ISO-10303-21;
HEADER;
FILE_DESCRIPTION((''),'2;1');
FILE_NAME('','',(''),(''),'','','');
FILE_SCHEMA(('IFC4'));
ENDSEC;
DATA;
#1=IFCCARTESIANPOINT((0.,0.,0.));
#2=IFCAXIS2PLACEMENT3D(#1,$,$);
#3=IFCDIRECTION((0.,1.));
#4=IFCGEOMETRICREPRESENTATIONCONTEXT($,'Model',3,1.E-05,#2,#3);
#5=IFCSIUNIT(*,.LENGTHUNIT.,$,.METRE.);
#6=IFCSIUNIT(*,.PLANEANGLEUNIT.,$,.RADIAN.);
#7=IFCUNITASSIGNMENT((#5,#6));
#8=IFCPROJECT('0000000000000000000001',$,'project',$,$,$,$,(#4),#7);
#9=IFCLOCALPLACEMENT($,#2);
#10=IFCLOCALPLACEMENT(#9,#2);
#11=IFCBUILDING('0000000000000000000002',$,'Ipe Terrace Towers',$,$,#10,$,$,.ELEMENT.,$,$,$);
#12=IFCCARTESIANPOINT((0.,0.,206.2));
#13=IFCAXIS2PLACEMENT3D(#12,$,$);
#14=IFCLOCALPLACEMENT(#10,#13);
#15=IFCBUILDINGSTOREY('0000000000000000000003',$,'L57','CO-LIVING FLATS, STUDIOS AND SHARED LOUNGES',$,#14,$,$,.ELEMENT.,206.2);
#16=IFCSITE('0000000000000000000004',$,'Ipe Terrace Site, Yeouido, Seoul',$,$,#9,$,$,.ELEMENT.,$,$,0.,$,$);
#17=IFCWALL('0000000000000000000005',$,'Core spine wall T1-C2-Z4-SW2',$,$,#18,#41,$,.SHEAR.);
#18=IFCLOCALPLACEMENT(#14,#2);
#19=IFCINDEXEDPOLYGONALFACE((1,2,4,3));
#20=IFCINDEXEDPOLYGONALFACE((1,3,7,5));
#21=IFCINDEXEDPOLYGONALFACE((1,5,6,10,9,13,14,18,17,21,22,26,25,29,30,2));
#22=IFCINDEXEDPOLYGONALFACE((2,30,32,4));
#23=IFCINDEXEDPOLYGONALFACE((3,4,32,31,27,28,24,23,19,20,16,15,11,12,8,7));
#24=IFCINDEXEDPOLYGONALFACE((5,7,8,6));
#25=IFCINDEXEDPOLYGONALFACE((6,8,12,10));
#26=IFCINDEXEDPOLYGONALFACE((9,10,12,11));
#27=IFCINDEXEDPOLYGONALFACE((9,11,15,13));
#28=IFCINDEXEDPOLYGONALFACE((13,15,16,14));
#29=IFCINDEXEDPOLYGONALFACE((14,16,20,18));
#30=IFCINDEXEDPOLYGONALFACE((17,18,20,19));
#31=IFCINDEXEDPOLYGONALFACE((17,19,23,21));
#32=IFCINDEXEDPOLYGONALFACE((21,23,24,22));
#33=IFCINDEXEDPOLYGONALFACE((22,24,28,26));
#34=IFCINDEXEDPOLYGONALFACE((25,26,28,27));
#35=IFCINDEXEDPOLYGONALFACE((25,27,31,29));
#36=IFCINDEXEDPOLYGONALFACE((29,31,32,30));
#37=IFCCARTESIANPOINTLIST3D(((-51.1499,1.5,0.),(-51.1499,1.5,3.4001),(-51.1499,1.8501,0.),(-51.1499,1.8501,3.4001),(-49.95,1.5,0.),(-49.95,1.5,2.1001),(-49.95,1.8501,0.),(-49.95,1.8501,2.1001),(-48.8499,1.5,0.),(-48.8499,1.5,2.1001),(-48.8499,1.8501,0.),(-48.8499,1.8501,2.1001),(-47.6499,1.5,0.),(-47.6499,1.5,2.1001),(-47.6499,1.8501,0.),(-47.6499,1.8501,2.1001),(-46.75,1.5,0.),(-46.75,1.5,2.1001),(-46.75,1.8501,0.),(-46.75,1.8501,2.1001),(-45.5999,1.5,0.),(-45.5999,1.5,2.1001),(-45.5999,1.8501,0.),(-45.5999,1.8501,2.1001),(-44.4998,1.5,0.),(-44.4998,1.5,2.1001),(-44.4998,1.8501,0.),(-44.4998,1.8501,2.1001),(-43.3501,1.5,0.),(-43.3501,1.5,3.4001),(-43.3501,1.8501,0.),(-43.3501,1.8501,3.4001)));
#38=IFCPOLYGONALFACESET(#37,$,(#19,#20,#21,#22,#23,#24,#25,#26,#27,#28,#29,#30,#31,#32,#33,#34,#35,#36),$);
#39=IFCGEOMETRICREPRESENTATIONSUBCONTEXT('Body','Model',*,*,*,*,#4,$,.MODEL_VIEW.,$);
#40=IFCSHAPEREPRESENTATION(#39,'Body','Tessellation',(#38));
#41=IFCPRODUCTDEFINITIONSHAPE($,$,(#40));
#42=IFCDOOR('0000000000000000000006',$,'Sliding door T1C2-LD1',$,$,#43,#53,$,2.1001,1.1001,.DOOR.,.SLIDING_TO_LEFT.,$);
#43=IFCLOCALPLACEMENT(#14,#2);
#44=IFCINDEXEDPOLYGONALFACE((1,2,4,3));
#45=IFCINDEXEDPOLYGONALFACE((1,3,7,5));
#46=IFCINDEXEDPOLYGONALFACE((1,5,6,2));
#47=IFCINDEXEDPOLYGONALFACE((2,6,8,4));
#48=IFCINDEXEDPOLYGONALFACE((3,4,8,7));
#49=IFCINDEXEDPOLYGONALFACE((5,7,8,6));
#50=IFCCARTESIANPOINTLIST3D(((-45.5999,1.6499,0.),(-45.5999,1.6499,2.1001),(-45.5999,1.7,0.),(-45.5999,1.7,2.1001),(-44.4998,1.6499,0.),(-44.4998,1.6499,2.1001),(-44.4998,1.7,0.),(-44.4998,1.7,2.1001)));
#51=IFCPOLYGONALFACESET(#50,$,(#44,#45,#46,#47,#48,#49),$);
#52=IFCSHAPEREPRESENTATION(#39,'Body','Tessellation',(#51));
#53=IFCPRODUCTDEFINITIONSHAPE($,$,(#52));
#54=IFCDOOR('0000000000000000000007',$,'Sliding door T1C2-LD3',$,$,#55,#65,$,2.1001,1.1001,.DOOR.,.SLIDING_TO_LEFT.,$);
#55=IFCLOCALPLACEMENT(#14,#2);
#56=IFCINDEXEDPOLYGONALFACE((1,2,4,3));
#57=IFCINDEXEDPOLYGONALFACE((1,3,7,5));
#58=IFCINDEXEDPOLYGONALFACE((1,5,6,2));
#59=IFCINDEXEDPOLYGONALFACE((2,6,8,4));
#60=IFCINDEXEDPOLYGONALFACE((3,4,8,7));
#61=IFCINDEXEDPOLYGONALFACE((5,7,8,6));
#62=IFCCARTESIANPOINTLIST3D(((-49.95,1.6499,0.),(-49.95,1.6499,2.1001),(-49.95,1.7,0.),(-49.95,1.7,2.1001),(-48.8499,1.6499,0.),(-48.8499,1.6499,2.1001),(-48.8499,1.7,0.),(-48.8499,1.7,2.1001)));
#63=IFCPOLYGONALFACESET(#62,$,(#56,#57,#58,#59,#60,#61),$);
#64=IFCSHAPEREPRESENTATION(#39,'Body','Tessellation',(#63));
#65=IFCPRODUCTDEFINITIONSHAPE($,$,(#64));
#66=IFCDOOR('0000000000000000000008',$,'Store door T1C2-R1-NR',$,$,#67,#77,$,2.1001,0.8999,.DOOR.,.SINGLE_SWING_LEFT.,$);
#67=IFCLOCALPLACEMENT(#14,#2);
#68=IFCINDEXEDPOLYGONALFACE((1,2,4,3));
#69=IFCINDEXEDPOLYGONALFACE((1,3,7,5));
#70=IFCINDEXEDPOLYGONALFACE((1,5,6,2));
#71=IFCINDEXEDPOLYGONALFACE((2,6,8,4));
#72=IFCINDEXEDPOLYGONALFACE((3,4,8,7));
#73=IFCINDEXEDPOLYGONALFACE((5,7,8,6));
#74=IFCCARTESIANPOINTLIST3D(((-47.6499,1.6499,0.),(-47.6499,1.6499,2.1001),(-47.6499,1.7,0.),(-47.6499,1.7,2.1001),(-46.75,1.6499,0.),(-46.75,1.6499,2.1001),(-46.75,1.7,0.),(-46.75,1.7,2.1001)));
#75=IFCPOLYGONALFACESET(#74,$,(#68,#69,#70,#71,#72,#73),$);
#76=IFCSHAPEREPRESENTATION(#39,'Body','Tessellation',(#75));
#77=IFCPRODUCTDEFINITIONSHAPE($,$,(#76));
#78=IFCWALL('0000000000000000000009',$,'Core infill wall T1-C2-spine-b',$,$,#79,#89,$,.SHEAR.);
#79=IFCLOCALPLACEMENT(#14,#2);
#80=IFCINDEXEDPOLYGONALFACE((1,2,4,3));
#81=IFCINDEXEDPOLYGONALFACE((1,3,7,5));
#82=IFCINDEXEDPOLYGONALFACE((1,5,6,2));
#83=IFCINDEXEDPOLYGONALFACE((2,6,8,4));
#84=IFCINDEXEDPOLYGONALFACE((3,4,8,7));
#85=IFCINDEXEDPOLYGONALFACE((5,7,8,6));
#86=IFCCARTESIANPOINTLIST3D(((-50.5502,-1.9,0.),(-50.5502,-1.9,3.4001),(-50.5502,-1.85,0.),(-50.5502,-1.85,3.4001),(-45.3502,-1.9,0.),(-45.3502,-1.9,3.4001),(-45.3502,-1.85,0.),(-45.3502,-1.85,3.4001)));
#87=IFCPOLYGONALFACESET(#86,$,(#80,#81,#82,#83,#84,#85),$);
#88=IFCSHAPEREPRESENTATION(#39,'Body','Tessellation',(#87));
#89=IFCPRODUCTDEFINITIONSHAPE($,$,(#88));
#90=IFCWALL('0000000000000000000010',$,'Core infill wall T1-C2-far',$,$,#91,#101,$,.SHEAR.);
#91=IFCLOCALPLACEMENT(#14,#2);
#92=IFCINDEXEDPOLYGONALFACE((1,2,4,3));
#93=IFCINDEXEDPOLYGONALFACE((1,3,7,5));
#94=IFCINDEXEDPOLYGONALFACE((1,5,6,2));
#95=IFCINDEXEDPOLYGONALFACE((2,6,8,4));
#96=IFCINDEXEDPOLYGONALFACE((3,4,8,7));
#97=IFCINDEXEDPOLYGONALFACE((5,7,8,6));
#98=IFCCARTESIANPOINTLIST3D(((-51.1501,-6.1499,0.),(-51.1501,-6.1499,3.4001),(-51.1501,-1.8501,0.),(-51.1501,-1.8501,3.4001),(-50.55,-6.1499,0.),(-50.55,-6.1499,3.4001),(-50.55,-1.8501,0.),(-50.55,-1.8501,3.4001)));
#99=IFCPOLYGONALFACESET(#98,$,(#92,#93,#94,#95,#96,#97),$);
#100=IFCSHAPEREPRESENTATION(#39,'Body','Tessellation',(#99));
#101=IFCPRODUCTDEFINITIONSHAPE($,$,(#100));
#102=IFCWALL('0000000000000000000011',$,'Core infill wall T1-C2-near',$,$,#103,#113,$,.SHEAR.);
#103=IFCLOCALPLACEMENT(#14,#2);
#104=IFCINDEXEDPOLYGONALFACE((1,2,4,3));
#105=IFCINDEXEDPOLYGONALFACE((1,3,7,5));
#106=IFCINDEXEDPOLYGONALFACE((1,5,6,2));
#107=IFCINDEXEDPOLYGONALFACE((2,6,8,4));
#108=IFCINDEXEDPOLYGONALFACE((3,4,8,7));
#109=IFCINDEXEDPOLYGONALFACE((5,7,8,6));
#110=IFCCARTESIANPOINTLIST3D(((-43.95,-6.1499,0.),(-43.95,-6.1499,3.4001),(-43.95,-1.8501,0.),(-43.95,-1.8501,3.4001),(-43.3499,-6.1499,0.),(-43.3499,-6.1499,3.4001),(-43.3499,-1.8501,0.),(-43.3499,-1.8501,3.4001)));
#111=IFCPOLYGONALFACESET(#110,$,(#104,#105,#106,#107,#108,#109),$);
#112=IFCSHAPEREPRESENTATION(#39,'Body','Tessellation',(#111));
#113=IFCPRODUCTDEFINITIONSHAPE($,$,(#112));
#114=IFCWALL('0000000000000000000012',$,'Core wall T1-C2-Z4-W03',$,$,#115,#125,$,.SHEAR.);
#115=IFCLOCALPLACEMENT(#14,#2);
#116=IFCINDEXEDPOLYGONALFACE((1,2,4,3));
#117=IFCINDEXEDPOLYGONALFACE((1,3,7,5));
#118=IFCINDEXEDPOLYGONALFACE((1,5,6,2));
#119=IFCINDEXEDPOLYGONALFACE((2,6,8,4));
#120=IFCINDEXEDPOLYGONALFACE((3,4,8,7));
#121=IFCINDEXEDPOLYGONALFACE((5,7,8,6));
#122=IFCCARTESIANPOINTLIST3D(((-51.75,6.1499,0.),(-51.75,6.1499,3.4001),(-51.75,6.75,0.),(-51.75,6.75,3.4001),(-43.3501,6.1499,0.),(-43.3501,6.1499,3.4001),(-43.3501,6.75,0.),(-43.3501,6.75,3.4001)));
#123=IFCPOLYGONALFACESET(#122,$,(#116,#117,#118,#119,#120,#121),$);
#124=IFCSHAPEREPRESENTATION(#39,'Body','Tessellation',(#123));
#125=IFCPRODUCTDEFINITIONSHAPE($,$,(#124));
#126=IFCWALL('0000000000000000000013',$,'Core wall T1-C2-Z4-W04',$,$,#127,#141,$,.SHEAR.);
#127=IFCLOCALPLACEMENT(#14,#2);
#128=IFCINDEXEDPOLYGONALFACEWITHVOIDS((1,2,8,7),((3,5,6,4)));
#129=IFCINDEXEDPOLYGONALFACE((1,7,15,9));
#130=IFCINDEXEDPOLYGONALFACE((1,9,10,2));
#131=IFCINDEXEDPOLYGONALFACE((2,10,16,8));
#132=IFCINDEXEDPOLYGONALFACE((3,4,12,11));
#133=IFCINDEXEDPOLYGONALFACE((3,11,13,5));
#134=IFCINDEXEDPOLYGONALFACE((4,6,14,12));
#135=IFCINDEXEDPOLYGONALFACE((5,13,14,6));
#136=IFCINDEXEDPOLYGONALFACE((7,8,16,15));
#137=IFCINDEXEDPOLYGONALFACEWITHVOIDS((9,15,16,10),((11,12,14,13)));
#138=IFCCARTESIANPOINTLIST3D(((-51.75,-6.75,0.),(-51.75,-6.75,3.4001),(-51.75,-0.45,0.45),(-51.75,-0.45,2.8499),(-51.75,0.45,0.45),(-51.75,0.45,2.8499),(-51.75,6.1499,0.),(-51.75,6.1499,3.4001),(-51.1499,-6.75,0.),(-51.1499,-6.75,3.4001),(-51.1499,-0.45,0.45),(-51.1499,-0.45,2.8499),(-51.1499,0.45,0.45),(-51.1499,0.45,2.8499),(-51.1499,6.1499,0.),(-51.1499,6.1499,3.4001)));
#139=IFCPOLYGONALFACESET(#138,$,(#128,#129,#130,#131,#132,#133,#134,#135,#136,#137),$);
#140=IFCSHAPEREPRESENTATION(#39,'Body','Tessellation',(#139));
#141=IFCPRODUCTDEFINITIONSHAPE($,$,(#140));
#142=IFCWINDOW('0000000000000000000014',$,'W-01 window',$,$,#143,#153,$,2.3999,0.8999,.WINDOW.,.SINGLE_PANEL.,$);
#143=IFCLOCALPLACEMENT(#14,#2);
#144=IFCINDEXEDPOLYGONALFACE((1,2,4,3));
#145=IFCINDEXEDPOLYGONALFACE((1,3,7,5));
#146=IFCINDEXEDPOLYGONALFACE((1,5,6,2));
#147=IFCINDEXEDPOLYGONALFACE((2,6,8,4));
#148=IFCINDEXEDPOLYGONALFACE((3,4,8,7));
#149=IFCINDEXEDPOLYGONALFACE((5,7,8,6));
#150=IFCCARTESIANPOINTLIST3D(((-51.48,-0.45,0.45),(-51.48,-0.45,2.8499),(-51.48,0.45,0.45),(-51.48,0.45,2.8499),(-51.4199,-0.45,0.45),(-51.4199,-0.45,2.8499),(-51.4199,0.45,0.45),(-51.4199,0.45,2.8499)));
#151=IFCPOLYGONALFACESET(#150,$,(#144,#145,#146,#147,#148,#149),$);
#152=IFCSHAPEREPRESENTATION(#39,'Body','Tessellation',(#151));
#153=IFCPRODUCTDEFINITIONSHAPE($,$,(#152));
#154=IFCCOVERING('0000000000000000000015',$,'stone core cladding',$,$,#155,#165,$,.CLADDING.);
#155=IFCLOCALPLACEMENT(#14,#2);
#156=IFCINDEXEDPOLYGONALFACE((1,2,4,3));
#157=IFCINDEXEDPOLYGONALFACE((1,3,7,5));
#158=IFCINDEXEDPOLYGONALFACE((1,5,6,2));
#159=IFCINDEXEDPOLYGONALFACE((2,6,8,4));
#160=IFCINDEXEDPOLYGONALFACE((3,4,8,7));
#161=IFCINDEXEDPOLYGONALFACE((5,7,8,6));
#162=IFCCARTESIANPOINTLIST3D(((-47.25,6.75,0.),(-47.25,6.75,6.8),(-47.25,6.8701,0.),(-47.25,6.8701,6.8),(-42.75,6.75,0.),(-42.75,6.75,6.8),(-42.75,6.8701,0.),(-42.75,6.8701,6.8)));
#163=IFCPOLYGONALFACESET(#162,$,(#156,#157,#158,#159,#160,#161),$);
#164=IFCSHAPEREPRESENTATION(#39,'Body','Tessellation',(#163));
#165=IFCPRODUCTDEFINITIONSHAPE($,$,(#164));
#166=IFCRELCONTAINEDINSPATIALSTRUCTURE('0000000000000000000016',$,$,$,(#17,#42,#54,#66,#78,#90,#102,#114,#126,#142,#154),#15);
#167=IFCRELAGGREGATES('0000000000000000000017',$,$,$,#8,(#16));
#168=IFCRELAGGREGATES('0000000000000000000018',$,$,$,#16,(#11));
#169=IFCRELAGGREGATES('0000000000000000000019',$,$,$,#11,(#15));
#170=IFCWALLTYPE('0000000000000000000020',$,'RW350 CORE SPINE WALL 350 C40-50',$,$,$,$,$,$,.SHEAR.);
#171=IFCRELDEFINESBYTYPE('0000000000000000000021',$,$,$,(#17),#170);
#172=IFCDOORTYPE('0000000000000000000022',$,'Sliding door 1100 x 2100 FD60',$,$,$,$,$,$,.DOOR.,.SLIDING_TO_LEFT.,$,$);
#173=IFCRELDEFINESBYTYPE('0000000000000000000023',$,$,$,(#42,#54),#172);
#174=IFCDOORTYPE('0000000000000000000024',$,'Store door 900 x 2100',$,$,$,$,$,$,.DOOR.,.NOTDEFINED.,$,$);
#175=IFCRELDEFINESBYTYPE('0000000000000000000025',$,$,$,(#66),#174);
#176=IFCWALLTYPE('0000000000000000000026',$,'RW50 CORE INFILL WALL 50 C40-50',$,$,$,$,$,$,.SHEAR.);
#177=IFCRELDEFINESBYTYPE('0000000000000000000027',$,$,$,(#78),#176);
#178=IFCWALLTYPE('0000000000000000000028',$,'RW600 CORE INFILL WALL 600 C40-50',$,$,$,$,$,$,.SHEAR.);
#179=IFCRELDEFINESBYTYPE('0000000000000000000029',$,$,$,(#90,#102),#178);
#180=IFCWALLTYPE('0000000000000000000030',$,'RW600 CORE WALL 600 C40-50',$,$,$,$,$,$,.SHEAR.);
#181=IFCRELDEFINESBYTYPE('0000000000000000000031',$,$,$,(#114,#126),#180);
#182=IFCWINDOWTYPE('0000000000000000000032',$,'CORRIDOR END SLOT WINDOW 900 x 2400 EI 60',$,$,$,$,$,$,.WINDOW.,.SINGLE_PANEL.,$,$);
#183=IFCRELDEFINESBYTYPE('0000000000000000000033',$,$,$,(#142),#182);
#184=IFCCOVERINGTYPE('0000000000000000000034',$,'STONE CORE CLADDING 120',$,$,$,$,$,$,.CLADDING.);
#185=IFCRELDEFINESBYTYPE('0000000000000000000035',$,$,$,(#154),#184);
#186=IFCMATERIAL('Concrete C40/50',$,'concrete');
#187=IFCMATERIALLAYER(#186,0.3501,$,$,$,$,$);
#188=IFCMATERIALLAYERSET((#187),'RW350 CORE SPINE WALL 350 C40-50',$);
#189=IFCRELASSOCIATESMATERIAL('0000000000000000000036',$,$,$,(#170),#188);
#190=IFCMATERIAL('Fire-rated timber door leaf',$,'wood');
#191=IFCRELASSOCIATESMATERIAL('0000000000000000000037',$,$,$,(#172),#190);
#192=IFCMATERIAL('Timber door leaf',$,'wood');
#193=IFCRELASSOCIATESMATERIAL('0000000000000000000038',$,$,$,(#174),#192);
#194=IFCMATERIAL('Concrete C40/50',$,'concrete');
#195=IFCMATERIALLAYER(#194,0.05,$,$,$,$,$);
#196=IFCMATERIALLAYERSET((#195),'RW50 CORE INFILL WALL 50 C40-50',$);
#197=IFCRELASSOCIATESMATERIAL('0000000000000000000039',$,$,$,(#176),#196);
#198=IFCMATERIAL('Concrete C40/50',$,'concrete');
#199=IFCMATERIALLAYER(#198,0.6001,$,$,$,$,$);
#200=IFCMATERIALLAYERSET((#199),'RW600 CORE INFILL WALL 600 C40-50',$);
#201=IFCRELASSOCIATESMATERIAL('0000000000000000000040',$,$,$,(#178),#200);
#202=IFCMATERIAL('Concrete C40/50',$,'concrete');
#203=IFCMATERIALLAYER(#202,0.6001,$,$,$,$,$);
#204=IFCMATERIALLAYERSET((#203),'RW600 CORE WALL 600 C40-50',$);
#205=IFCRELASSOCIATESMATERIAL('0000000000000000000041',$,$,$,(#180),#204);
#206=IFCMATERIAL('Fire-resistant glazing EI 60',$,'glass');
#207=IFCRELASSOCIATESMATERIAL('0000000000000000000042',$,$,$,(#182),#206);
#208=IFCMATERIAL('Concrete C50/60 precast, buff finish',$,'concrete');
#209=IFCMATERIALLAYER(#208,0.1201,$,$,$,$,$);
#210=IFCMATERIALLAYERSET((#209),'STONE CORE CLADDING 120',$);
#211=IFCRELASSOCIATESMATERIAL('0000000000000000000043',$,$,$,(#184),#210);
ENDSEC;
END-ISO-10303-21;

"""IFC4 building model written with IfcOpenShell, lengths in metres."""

from ifc_helpers import new_model, si_unit, direction, frame, frame_2d, origin, origin_2d, place, context, subcontext, project, spatial, rectangle, extrude, material, layer, layer_set, type_object, element, fill, save


model = new_model("IFC4")

# Units and contexts
model_context = context("Model", 3, precision=1e-05, world=origin(), true_north=direction((0.0, 1.0)))
body_context = subcontext(model_context, "Body", "Model", "MODEL_VIEW")
ifc_project = project(units=[si_unit("LENGTHUNIT", "METRE"), si_unit("PLANEANGLEUNIT", "RADIAN")], contexts=[model_context])

# Site, building, storey
site_placement = place(None, origin())
site = spatial("IfcSite", under=ifc_project, at=site_placement, Name="Ipe Terrace Site, Yeouido, Seoul", CompositionType="ELEMENT", RefElevation=0.0)
building_placement = place(site_placement, origin())
building = spatial("IfcBuilding", under=site, at=building_placement, Name="Ipe Terrace Towers", CompositionType="ELEMENT")
storey_placement = place(building_placement, frame((0.0, 0.0, 206.2)))
storey = spatial("IfcBuildingStorey", under=building, at=storey_placement, Name="L57", Description="CO-LIVING FLATS, STUDIOS AND SHARED LOUNGES", CompositionType="ELEMENT", Elevation=206.2)

# Shared definitions
ifc_material_1 = material(Name="Concrete C40/50", Category="concrete")
ifc_layer_1 = layer(ifc_material_1, 0.3501)
ifc_layer_set_1 = layer_set([ifc_layer_1], Name="RW350 CORE SPINE WALL 350 C40-50")
wall_type_1 = type_object("IfcWallType", Name="RW350 CORE SPINE WALL 350 C40-50", PredefinedType="SHEAR", material=ifc_layer_set_1)

# Wall, openings, doors
wall_1_placement = place(storey_placement, frame((-51.1499, 1.675, 0.0), z_axis=(0.0, 0.0, 1.0), x_axis=(1.0, 0.0, 0.0)))
wall_1 = element("IfcWall", 1, at=wall_1_placement, inside=storey, type_object=wall_type_1, Name="Core spine wall T1-C2-Z4-SW2", PredefinedType="SHEAR", context=body_context, shape_type="SweptSolid", body=[
    extrude(rectangle(XDim=7.7998, YDim=0.3501, at=frame_2d((3.8999, 0.0))), origin(), (0.0, 0.0, 1.0), 3.4001),
])
opening_1_placement = place(wall_1_placement, frame((5.55, 0.0, 0.0)))
opening_1 = element("IfcOpeningElement", 2, at=opening_1_placement, cuts=wall_1, PredefinedType="OPENING", context=body_context, shape_type="SweptSolid", body=[
    extrude(rectangle(XDim=1.1001, YDim=2.1001, at=frame_2d((0.55, 1.05))), frame((0.0, 0.1851, 0.0), z_axis=(0.0, -1.0, 0.0), x_axis=(1.0, 0.0, 0.0)), (0.0, 0.0, 1.0), 0.3701),
])
opening_2_placement = place(wall_1_placement, frame((1.2, 0.0, 0.0)))
opening_2 = element("IfcOpeningElement", 3, at=opening_2_placement, cuts=wall_1, PredefinedType="OPENING", context=body_context, shape_type="SweptSolid", body=[
    extrude(rectangle(XDim=1.1001, YDim=2.1001, at=frame_2d((0.55, 1.05))), frame((0.0, 0.1851, 0.0), z_axis=(0.0, -1.0, 0.0), x_axis=(1.0, 0.0, 0.0)), (0.0, 0.0, 1.0), 0.3701),
])
opening_3_placement = place(wall_1_placement, frame((3.5, 0.0, 0.0)))
opening_3 = element("IfcOpeningElement", 4, at=opening_3_placement, cuts=wall_1, PredefinedType="OPENING", context=body_context, shape_type="SweptSolid", body=[
    extrude(rectangle(XDim=0.8999, YDim=2.1001, at=frame_2d((0.45, 1.05))), frame((0.0, 0.1851, 0.0), z_axis=(0.0, -1.0, 0.0), x_axis=(1.0, 0.0, 0.0)), (0.0, 0.0, 1.0), 0.3701),
])
ifc_material_2 = material(Name="Fire-rated timber door leaf", Category="wood")
door_type_1 = type_object("IfcDoorType", Name="Sliding door 1100 x 2100 FD60", OperationType="SLIDING_TO_LEFT", PredefinedType="DOOR", material=ifc_material_2)
door_1_placement = place(opening_1_placement, origin())
door_1 = element("IfcDoor", 5, at=door_1_placement, inside=storey, type_object=door_type_1, Name="Sliding door T1C2-LD1", OperationType="SLIDING_TO_LEFT", OverallHeight=2.1001, OverallWidth=1.1001, PredefinedType="DOOR", context=body_context, shape_type="SweptSolid", body=[
    extrude(rectangle(XDim=1.1001, YDim=2.1001, at=frame_2d((0.55, 1.05))), frame((0.0, 0.0249, 0.0), z_axis=(0.0, -1.0, 0.0), x_axis=(1.0, 0.0, 0.0)), (0.0, 0.0, 1.0), 0.05),
])
fill(opening_1, door_1)
door_2_placement = place(opening_2_placement, origin())
door_2 = element("IfcDoor", 6, at=door_2_placement, inside=storey, type_object=door_type_1, Name="Sliding door T1C2-LD3", OperationType="SLIDING_TO_LEFT", OverallHeight=2.1001, OverallWidth=1.1001, PredefinedType="DOOR", context=body_context, shape_type="SweptSolid", body=[
    extrude(rectangle(XDim=1.1001, YDim=2.1001, at=frame_2d((0.55, 1.05))), frame((0.0, 0.0249, 0.0), z_axis=(0.0, -1.0, 0.0), x_axis=(1.0, 0.0, 0.0)), (0.0, 0.0, 1.0), 0.05),
])
fill(opening_2, door_2)
ifc_material_3 = material(Name="Timber door leaf", Category="wood")
door_type_2 = type_object("IfcDoorType", Name="Store door 900 x 2100", OperationType="NOTDEFINED", PredefinedType="DOOR", material=ifc_material_3)
door_3_placement = place(opening_3_placement, origin())
door_3 = element("IfcDoor", 7, at=door_3_placement, inside=storey, type_object=door_type_2, Name="Store door T1C2-R1-NR", OperationType="SINGLE_SWING_LEFT", OverallHeight=2.1001, OverallWidth=0.8999, PredefinedType="DOOR", context=body_context, shape_type="SweptSolid", body=[
    extrude(rectangle(XDim=0.8999, YDim=2.1001, at=frame_2d((0.45, 1.05))), frame((0.0, 0.0249, 0.0), z_axis=(0.0, -1.0, 0.0), x_axis=(1.0, 0.0, 0.0)), (0.0, 0.0, 1.0), 0.05),
])
fill(opening_3, door_3)

# Walls
ifc_material_4 = material(Name="Concrete C40/50", Category="concrete")
ifc_layer_2 = layer(ifc_material_4, 0.05)
ifc_layer_set_2 = layer_set([ifc_layer_2], Name="RW50 CORE INFILL WALL 50 C40-50")
wall_type_2 = type_object("IfcWallType", Name="RW50 CORE INFILL WALL 50 C40-50", PredefinedType="SHEAR", material=ifc_layer_set_2)
wall_2_placement = place(storey_placement, frame((-45.3501, -1.875, 0.0), z_axis=(0.0, 0.0, 1.0), x_axis=(-1.0, 0.0, 0.0)))
element("IfcWall", 8, at=wall_2_placement, inside=storey, type_object=wall_type_2, Name="Core infill wall T1-C2-spine-b", PredefinedType="SHEAR", context=body_context, shape_type="SweptSolid", body=[
    extrude(rectangle(XDim=5.2, YDim=0.05, at=frame_2d((2.6001, 0.0))), origin(), (0.0, 0.0, 1.0), 3.4001),
])
ifc_material_5 = material(Name="Concrete C40/50", Category="concrete")
ifc_layer_3 = layer(ifc_material_5, 0.6001)
ifc_layer_set_3 = layer_set([ifc_layer_3], Name="RW600 CORE INFILL WALL 600 C40-50")
wall_type_3 = type_object("IfcWallType", Name="RW600 CORE INFILL WALL 600 C40-50", PredefinedType="SHEAR", material=ifc_layer_set_3)
for number, where, z_axis, x_axis, name in (
    (9, (-50.8501, -1.8501, 0.0), (0.0, 0.0, 1.0), (0.0, -1.0, 0.0), "Core infill wall T1-C2-far"),
    (10, (-43.6499, -1.8501, 0.0), (0.0, 0.0, 1.0), (0.0, -1.0, 0.0), "Core infill wall T1-C2-near"),
):
    element("IfcWall", number, at=place(storey_placement, frame(where, z_axis=z_axis, x_axis=x_axis)), inside=storey, type_object=wall_type_3, Name=name, PredefinedType="SHEAR", context=body_context, shape_type="SweptSolid", body=[
        extrude(rectangle(XDim=4.2998, YDim=0.6001, at=frame_2d((2.1499, 0.0))), origin(), (0.0, 0.0, 1.0), 3.4001),
    ])
ifc_material_6 = material(Name="Concrete C40/50", Category="concrete")
ifc_layer_4 = layer(ifc_material_6, 0.6001)
ifc_layer_set_4 = layer_set([ifc_layer_4], Name="RW600 CORE WALL 600 C40-50")
wall_type_4 = type_object("IfcWallType", Name="RW600 CORE WALL 600 C40-50", PredefinedType="SHEAR", material=ifc_layer_set_4)
wall_3_placement = place(storey_placement, frame((-43.3501, 6.45, 0.0), z_axis=(0.0, 0.0, 1.0), x_axis=(-1.0, 0.0, 0.0)))
element("IfcWall", 11, at=wall_3_placement, inside=storey, type_object=wall_type_4, Name="Core wall T1-C2-Z4-W03", PredefinedType="SHEAR", context=body_context, shape_type="SweptSolid", body=[
    extrude(rectangle(XDim=8.3999, YDim=0.6001, at=frame_2d((4.2, 0.0))), origin(), (0.0, 0.0, 1.0), 3.4001),
])

# Wall, opening, window
wall_4_placement = place(storey_placement, frame((-51.45, 6.1499, 0.0), z_axis=(0.0, 0.0, 1.0), x_axis=(0.0, -1.0, 0.0)))
wall_4 = element("IfcWall", 12, at=wall_4_placement, inside=storey, type_object=wall_type_4, Name="Core wall T1-C2-Z4-W04", PredefinedType="SHEAR", context=body_context, shape_type="SweptSolid", body=[
    extrude(rectangle(XDim=12.8999, YDim=0.6001, at=frame_2d((6.45, 0.0))), origin(), (0.0, 0.0, 1.0), 3.4001),
])
opening_4_placement = place(wall_4_placement, frame((5.7, 0.0, 0.45)))
opening_4 = element("IfcOpeningElement", 13, at=opening_4_placement, cuts=wall_4, PredefinedType="OPENING", context=body_context, shape_type="SweptSolid", body=[
    extrude(rectangle(XDim=0.8999, YDim=2.3999, at=frame_2d((0.45, 1.2))), frame((0.0, 0.3101, 0.0), z_axis=(0.0, -1.0, 0.0), x_axis=(1.0, 0.0, 0.0)), (0.0, 0.0, 1.0), 0.6201),
])
ifc_material_7 = material(Name="Fire-resistant glazing EI 60", Category="glass")
window_type = type_object("IfcWindowType", Name="CORRIDOR END SLOT WINDOW 900 x 2400 EI 60", PartitioningType="SINGLE_PANEL", PredefinedType="WINDOW", material=ifc_material_7)
window_placement = place(opening_4_placement, origin())
window = element("IfcWindow", 14, at=window_placement, inside=storey, type_object=window_type, Name="W-01 window", OverallHeight=2.3999, OverallWidth=0.8999, PartitioningType="SINGLE_PANEL", PredefinedType="WINDOW", context=body_context, shape_type="SweptSolid", body=[
    extrude(rectangle(XDim=0.8999, YDim=2.3999, at=frame_2d((0.45, 1.2))), frame((0.0, 0.03, 0.0), z_axis=(0.0, -1.0, 0.0), x_axis=(1.0, 0.0, 0.0)), (0.0, 0.0, 1.0), 0.0601),
])
fill(opening_4, window)

# Covering
ifc_material_8 = material(Name="Concrete C50/60 precast, buff finish", Category="concrete")
ifc_layer_5 = layer(ifc_material_8, 0.1201)
ifc_layer_set_5 = layer_set([ifc_layer_5], Name="STONE CORE CLADDING 120")
covering_type = type_object("IfcCoveringType", Name="STONE CORE CLADDING 120", PredefinedType="CLADDING", material=ifc_layer_set_5)
covering_placement = place(storey_placement, frame((-45.0, 6.8101, 0.0), z_axis=(0.0, 0.0, 1.0), x_axis=(-1.0, 0.0, 0.0)))
element("IfcCovering", 15, at=covering_placement, inside=storey, type_object=covering_type, Name="stone core cladding", PredefinedType="CLADDING", context=body_context, shape_type="SweptSolid", body=[
    extrude(rectangle(XDim=4.5, YDim=0.1201, at=origin_2d()), origin(), (0.0, 0.0, 1.0), 6.8),
])

save(model, "model.ifc")
